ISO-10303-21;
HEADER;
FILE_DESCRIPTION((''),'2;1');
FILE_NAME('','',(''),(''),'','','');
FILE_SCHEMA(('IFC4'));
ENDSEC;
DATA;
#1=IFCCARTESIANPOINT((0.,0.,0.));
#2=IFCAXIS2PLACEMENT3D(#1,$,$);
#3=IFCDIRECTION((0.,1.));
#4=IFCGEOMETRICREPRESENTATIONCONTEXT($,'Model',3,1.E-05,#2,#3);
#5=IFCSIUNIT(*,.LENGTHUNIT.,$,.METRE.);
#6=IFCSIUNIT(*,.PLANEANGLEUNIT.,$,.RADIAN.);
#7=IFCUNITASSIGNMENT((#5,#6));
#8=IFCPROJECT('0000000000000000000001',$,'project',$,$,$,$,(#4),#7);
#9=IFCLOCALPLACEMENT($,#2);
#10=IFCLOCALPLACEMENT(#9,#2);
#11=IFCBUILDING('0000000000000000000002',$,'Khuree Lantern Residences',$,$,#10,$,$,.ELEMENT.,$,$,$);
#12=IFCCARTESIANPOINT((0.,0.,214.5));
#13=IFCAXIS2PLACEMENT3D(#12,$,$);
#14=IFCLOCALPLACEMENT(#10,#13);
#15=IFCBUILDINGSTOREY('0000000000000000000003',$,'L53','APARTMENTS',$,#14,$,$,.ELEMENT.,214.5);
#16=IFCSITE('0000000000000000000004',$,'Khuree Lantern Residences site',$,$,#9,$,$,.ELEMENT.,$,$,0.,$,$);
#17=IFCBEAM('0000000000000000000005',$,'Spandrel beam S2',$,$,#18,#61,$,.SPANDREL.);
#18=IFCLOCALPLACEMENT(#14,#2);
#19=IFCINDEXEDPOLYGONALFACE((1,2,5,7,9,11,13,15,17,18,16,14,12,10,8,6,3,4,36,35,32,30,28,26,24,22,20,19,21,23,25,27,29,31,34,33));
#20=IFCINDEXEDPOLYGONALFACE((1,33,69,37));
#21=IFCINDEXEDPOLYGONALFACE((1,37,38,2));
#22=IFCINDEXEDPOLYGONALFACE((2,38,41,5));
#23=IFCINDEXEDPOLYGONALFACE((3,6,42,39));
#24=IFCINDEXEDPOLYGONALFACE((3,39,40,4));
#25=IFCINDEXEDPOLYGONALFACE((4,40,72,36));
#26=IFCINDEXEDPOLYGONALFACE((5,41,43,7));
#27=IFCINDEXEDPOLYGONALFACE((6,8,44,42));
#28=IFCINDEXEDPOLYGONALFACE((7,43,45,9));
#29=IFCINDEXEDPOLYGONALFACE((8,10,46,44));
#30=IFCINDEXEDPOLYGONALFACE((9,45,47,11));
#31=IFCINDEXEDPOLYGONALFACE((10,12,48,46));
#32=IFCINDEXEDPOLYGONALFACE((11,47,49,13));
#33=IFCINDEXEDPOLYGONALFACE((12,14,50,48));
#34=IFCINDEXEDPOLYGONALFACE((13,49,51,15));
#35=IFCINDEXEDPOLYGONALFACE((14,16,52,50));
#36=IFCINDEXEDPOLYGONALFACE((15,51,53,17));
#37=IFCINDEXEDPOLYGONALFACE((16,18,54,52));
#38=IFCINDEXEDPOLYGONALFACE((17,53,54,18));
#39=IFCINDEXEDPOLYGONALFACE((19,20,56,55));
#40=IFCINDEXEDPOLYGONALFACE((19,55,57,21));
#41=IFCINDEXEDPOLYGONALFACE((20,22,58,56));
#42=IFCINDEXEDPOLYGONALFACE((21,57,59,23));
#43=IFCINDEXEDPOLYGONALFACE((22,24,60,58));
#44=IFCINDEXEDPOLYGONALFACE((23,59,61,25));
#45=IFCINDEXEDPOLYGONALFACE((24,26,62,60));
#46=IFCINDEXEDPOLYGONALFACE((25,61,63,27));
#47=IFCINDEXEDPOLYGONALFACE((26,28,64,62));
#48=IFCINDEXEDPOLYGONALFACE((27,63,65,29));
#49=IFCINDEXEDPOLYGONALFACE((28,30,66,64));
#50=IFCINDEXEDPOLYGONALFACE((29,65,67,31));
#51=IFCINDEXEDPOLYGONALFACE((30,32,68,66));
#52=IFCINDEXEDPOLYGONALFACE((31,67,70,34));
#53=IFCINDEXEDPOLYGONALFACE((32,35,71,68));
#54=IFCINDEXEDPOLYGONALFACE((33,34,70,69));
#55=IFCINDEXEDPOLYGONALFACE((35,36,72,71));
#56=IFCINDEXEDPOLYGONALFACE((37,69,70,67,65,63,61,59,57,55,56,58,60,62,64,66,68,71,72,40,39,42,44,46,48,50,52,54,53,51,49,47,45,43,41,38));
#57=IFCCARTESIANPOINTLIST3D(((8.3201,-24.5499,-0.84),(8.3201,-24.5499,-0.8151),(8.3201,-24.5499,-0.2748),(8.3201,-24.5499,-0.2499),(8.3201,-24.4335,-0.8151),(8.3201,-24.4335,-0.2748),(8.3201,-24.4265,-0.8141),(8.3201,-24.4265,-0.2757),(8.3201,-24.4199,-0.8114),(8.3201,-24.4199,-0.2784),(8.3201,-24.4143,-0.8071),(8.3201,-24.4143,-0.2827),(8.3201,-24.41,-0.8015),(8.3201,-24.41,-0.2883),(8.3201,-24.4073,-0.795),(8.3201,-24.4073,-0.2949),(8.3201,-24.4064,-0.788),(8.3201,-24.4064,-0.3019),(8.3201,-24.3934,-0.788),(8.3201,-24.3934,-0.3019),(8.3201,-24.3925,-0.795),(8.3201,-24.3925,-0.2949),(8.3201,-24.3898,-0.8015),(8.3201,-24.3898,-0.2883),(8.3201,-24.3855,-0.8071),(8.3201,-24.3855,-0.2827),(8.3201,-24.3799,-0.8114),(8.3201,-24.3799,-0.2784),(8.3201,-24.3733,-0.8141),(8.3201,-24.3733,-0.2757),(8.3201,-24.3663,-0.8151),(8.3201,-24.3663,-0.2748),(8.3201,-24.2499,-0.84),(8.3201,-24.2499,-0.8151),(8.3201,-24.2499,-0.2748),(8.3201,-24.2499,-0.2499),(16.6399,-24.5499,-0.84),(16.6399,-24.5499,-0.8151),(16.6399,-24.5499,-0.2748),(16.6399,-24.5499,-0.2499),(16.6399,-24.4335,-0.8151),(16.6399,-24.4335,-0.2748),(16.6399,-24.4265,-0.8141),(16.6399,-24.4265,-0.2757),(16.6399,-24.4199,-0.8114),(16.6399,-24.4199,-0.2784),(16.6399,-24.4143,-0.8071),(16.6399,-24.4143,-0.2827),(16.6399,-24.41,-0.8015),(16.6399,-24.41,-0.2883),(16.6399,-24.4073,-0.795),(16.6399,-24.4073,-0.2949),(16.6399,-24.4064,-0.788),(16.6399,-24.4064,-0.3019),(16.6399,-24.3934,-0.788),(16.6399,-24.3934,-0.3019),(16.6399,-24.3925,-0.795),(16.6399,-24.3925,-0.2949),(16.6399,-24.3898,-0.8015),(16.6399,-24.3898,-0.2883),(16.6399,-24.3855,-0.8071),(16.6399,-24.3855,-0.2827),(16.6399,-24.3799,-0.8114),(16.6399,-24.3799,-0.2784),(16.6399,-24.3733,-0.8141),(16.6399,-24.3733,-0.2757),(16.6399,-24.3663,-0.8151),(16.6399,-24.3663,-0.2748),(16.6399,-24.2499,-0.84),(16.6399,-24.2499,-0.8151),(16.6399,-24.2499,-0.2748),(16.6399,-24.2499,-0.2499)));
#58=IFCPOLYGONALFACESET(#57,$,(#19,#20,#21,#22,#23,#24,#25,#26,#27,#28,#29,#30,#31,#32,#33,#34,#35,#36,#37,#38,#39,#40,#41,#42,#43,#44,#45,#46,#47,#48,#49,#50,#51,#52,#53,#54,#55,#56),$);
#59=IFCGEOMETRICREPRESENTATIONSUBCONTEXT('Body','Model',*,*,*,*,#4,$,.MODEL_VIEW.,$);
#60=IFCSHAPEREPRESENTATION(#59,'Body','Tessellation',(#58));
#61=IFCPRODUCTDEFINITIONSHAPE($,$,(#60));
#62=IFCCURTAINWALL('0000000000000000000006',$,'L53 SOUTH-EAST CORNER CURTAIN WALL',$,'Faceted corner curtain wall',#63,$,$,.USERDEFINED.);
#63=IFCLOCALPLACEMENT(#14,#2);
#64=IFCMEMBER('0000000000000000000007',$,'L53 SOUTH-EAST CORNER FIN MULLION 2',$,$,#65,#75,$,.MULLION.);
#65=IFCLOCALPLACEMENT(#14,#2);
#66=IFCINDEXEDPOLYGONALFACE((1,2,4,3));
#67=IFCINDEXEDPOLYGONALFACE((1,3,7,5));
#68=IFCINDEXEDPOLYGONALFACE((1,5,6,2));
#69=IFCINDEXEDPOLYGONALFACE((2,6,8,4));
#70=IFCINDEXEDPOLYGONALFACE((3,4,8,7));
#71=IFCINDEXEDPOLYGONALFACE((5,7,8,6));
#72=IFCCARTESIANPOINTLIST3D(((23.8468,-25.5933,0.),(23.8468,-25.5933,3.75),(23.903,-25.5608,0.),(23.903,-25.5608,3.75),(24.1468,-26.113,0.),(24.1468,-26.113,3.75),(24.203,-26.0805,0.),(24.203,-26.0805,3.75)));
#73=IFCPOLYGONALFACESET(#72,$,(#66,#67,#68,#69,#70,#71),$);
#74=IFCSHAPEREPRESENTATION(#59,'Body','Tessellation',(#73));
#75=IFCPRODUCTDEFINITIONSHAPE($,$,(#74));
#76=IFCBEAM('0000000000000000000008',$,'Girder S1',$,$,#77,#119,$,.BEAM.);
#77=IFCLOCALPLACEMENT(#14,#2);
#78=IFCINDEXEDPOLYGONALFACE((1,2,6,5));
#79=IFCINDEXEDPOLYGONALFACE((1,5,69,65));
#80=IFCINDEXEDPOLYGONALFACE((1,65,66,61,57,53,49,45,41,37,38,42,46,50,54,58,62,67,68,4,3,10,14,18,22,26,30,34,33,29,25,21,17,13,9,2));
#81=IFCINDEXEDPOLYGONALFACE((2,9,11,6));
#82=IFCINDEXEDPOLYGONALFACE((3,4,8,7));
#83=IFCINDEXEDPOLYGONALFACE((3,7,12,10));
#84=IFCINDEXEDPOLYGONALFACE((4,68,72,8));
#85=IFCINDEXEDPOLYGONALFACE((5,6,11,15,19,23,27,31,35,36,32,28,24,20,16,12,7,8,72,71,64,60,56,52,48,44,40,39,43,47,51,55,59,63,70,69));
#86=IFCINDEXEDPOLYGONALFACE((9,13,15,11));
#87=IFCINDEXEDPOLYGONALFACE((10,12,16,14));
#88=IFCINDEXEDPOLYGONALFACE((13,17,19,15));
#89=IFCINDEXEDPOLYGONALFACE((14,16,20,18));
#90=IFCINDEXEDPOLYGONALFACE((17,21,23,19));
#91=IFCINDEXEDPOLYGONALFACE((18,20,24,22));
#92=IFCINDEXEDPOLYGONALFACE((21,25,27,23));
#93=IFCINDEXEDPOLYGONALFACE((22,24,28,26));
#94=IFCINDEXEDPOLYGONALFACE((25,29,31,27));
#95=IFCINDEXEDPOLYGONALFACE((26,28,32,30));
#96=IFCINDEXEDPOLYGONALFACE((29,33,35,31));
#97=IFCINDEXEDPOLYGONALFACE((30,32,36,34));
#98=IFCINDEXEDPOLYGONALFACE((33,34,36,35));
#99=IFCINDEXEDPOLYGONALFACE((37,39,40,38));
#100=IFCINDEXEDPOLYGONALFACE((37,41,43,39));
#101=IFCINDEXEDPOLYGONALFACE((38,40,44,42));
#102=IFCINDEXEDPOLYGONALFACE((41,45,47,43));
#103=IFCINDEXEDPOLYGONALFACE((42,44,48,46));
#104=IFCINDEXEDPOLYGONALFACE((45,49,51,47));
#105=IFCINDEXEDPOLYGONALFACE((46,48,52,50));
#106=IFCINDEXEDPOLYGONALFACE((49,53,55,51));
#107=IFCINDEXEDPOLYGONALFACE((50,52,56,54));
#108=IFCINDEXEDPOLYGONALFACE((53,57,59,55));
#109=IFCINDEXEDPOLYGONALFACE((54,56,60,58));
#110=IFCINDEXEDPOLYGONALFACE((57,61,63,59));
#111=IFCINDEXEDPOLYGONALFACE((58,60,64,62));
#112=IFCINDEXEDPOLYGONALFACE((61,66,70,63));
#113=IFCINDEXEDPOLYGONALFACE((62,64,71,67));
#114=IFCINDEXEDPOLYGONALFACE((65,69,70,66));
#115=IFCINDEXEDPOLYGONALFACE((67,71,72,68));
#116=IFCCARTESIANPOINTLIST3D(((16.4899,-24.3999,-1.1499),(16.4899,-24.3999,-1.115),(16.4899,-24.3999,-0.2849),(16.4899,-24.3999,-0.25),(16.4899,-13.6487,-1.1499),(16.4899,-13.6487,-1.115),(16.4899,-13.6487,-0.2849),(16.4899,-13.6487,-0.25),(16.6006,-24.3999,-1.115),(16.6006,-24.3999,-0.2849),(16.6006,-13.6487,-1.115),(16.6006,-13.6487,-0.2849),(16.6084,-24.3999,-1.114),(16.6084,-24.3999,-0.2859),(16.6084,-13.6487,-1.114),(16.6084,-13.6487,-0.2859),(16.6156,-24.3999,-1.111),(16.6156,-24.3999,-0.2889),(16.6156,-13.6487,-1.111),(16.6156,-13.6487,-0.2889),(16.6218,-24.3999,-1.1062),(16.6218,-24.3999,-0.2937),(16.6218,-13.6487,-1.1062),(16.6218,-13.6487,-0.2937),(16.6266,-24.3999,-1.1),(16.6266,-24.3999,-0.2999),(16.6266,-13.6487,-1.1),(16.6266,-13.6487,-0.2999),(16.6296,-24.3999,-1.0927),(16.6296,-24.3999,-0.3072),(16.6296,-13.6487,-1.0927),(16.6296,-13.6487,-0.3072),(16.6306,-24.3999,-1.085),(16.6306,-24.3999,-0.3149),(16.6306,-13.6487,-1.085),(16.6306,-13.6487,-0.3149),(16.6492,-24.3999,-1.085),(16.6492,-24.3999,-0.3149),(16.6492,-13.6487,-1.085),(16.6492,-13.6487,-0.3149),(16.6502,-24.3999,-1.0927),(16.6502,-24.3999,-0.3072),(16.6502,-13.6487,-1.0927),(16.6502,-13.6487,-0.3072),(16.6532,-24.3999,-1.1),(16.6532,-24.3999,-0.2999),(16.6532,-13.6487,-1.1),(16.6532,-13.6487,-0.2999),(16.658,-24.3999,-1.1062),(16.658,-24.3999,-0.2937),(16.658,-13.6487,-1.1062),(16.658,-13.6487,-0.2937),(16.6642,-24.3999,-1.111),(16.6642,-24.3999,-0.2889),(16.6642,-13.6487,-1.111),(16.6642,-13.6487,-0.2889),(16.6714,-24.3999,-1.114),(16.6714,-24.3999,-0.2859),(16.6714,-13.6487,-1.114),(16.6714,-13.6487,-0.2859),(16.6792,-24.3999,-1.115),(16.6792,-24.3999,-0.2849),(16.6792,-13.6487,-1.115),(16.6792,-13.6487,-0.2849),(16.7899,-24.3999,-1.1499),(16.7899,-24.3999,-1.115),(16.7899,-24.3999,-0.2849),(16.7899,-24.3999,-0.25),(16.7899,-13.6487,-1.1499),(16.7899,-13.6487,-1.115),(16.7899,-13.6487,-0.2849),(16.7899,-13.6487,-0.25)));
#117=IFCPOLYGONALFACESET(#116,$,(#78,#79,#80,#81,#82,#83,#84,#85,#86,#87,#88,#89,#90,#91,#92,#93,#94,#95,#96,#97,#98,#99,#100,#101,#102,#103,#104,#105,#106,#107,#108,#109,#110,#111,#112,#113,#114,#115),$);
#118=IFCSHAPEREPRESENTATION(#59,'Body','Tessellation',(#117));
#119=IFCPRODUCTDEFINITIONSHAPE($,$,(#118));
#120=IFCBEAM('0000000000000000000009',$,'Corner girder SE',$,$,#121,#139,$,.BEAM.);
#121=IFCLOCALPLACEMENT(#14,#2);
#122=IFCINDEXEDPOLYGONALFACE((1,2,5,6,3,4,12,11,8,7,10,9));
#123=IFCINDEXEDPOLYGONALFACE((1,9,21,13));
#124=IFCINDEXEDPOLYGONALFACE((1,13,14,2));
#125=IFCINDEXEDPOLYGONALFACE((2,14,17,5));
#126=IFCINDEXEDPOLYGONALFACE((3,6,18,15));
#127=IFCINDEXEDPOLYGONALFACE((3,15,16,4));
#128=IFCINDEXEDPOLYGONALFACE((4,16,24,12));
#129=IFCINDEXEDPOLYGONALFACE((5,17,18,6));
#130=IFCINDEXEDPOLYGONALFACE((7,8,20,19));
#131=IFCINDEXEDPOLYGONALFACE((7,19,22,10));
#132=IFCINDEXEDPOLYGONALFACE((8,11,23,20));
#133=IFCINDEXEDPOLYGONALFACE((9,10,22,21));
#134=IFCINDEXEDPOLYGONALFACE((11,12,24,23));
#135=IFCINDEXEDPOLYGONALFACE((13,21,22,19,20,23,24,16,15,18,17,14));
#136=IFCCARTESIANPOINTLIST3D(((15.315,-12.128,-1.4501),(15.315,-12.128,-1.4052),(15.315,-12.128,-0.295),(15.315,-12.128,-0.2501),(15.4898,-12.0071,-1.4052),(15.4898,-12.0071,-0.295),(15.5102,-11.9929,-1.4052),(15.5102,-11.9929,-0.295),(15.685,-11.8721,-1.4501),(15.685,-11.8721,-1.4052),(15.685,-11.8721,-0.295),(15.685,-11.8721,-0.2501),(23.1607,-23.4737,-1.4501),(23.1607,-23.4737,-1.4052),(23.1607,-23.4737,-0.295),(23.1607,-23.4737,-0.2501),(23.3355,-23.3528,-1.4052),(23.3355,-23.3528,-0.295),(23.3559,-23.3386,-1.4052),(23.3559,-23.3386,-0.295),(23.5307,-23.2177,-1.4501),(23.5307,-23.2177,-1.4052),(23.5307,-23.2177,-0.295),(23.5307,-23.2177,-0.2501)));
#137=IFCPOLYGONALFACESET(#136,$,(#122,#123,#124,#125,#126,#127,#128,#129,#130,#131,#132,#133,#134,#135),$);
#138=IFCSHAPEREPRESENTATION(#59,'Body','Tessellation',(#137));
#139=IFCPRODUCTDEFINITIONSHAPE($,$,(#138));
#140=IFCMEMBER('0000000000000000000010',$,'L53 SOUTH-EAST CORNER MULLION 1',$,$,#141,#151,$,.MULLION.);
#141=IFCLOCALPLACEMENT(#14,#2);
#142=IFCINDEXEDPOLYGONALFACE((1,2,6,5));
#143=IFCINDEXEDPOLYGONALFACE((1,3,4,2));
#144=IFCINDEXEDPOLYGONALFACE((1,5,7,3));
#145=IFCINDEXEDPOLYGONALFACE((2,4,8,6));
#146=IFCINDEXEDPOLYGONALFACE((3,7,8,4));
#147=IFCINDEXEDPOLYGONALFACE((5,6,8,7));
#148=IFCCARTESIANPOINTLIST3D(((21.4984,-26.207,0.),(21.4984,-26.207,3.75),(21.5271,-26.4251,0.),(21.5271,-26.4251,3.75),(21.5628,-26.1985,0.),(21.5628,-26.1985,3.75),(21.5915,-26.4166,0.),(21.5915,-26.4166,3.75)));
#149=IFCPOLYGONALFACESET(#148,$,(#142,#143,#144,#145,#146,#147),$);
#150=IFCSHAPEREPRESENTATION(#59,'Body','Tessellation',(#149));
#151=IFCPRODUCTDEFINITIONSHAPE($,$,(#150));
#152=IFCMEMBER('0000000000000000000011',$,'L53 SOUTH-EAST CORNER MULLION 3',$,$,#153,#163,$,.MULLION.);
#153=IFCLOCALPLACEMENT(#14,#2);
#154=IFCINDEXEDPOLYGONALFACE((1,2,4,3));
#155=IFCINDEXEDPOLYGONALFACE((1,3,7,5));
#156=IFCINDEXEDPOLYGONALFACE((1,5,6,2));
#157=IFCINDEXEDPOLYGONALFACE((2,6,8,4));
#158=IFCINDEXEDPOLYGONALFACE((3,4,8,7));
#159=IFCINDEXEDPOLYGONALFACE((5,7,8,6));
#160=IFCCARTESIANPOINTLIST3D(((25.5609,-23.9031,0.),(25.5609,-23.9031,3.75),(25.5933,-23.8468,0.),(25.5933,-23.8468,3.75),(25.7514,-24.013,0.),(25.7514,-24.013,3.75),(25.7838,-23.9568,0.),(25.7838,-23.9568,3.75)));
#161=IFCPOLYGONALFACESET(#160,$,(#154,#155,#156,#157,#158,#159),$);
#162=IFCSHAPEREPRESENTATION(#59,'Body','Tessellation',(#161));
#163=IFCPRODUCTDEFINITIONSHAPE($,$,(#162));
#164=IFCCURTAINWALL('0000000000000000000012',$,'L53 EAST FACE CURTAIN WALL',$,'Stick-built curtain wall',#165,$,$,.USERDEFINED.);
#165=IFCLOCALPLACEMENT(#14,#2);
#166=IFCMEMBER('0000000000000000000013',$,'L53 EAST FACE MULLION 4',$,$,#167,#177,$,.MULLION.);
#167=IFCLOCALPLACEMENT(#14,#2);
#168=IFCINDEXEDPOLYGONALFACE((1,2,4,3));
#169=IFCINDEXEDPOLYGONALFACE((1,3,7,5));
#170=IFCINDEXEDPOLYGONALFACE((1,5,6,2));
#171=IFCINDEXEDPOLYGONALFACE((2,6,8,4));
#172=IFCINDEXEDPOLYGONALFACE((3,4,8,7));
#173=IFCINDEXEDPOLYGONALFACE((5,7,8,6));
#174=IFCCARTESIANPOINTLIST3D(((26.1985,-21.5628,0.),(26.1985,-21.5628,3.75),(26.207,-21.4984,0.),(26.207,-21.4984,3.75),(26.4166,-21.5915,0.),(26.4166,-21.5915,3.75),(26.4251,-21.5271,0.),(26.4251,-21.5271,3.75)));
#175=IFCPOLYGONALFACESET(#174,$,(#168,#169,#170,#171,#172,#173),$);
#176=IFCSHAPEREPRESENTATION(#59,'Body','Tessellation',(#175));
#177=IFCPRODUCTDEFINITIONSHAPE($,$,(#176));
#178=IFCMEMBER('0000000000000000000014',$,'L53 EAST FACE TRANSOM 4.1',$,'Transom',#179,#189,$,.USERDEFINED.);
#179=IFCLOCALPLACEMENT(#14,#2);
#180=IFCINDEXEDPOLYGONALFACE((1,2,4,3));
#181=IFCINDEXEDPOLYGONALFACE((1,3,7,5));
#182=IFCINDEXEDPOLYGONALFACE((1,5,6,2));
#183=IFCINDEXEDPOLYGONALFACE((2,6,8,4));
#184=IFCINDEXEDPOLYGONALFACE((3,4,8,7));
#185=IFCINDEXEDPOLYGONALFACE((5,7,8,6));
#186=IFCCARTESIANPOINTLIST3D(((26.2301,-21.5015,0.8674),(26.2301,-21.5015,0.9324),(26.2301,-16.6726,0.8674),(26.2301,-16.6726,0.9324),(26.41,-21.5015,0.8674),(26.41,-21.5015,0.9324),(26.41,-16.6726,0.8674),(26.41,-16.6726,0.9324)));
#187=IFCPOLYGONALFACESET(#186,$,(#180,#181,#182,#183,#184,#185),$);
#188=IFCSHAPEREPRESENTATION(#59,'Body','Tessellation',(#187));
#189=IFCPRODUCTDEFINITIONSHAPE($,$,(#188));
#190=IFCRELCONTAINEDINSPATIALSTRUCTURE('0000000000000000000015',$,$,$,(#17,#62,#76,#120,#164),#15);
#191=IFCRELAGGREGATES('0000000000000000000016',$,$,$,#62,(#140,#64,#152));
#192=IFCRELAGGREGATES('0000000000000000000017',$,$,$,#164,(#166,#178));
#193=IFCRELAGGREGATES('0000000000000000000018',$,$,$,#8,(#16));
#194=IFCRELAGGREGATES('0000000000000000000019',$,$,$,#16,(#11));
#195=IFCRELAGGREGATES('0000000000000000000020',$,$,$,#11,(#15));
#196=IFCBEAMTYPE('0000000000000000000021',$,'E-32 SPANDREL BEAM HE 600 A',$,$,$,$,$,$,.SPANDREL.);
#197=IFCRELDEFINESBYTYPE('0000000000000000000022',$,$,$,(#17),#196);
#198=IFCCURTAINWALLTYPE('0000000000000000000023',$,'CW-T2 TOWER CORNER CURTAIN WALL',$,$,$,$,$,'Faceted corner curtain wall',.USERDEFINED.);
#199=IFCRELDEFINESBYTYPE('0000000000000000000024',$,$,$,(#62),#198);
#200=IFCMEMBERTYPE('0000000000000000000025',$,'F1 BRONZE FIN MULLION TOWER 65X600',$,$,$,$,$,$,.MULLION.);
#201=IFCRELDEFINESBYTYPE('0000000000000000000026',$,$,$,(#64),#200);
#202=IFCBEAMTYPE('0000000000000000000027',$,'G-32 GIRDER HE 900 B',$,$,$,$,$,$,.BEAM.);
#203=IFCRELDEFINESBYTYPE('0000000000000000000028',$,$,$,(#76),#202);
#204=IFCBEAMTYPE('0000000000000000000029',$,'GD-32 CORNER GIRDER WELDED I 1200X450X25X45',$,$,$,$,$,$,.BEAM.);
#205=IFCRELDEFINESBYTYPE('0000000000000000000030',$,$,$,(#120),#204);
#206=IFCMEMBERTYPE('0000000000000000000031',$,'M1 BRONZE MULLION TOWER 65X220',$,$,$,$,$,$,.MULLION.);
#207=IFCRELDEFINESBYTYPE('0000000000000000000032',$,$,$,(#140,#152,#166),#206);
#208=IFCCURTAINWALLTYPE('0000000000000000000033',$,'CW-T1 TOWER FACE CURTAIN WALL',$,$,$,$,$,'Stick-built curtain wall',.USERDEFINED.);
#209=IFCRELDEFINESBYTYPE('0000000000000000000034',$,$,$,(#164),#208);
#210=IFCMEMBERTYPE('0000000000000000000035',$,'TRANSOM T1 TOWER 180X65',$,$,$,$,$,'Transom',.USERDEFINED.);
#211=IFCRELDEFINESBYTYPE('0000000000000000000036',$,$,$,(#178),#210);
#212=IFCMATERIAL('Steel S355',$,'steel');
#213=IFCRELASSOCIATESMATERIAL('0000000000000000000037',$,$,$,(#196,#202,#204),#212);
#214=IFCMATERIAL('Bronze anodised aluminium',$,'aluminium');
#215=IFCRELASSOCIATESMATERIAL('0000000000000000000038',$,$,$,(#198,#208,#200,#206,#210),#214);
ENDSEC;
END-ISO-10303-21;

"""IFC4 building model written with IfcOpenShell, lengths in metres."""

from ifc_helpers import new_model, si_unit, direction, frame, origin, origin_2d, place, context, subcontext, project, spatial, rectangle, i_section, extrude, material, material_profile, profile_set, type_object, element, aggregate, save


model = new_model("IFC4")

# Units and contexts
model_context = context("Model", 3, precision=1e-05, world=origin(), true_north=direction((0.0, 1.0)))
body_context = subcontext(model_context, "Body", "Model", "MODEL_VIEW")
ifc_project = project(units=[si_unit("LENGTHUNIT", "METRE"), si_unit("PLANEANGLEUNIT", "RADIAN")], contexts=[model_context])

# Site, building, storey
site_placement = place(None, origin())
site = spatial("IfcSite", under=ifc_project, at=site_placement, Name="Khuree Lantern Residences site", CompositionType="ELEMENT", RefElevation=0.0)
building_placement = place(site_placement, origin())
building = spatial("IfcBuilding", under=site, at=building_placement, Name="Khuree Lantern Residences", CompositionType="ELEMENT")
storey_placement = place(building_placement, frame((0.0, 0.0, 214.5)))
storey = spatial("IfcBuildingStorey", under=building, at=storey_placement, Name="L53", Description="APARTMENTS", CompositionType="ELEMENT", Elevation=214.5)

# Beam
ifc_material_1 = material(Name="Steel S355", Category="steel")
ifc_material_profile_1 = material_profile(ifc_material_1, i_section(OverallWidth=0.3, OverallDepth=0.5901, WebThickness=0.0129, FlangeThickness=0.0249, FilletRadius=0.0271, at=origin_2d()), Name="HE 600 A")
ifc_profile_set_1 = profile_set([ifc_material_profile_1], Name="Steel S355")
beam_type_1 = type_object("IfcBeamType", Name="E-32 SPANDREL BEAM HE 600 A", PredefinedType="SPANDREL", material=ifc_profile_set_1)
beam_1_placement = place(storey_placement, frame((16.6399, -24.3999, -0.5449), z_axis=(-1.0, 0.0, 0.0), x_axis=(0.0, -1.0, 0.0)))
element("IfcBeam", 1, at=beam_1_placement, inside=storey, type_object=beam_type_1, Name="Spandrel beam S2", PredefinedType="SPANDREL", context=body_context, shape_type="SweptSolid", body=[
    extrude(i_section(OverallWidth=0.3, OverallDepth=0.5901, WebThickness=0.0129, FlangeThickness=0.0249, FilletRadius=0.0271, at=origin_2d()), origin(), (0.0, 0.0, 1.0), 8.3198),
])

# Curtain wall, member
ifc_material_2 = material(Name="Bronze anodised aluminium", Category="aluminium")
curtain_wall_type_1 = type_object("IfcCurtainWallType", Name="CW-T2 TOWER CORNER CURTAIN WALL", ElementType="Faceted corner curtain wall", PredefinedType="USERDEFINED", material=ifc_material_2)
curtain_wall_1_placement = place(storey_placement, origin())
curtain_wall_1 = element("IfcCurtainWall", 2, at=curtain_wall_1_placement, inside=storey, type_object=curtain_wall_type_1, Name="L53 SOUTH-EAST CORNER CURTAIN WALL", ObjectType="Faceted corner curtain wall", PredefinedType="USERDEFINED")
ifc_material_profile_2 = material_profile(ifc_material_2, rectangle(XDim=0.0649, YDim=0.6001, at=origin_2d()), Name="F1 65X600")
ifc_profile_set_2 = profile_set([ifc_material_profile_2], Name="Bronze anodised aluminium")
member_type_1 = type_object("IfcMemberType", Name="F1 BRONZE FIN MULLION TOWER 65X600", PredefinedType="MULLION", material=ifc_profile_set_2)
member_1_placement = place(storey_placement, frame((24.0249, -25.8369, 0.0), z_axis=(0.0, 0.0, 1.0), x_axis=(0.866025, 0.5, 0.0)))
member_1 = element("IfcMember", 3, at=member_1_placement, type_object=member_type_1, Name="L53 SOUTH-EAST CORNER FIN MULLION 2", PredefinedType="MULLION", context=body_context, shape_type="SweptSolid", body=[
    extrude(rectangle(XDim=0.0649, YDim=0.6001, at=origin_2d()), origin(), (0.0, 0.0, 1.0), 3.75),
])

# Beams
ifc_material_profile_3 = material_profile(ifc_material_1, i_section(OverallWidth=0.3, OverallDepth=0.8999, WebThickness=0.0186, FlangeThickness=0.0349, FilletRadius=0.03, at=origin_2d()), Name="HE 900 B")
ifc_profile_set_3 = profile_set([ifc_material_profile_3], Name="Steel S355")
beam_type_2 = type_object("IfcBeamType", Name="G-32 GIRDER HE 900 B", PredefinedType="BEAM", material=ifc_profile_set_3)
beam_2_placement = place(storey_placement, frame((16.6399, -24.3999, -0.7), z_axis=(0.0, 1.0, 0.0), x_axis=(-1.0, 0.0, 0.0)))
element("IfcBeam", 4, at=beam_2_placement, inside=storey, type_object=beam_type_2, Name="Girder S1", PredefinedType="BEAM", context=body_context, shape_type="SweptSolid", body=[
    extrude(i_section(OverallWidth=0.3, OverallDepth=0.8999, WebThickness=0.0186, FlangeThickness=0.0349, FilletRadius=0.03, at=origin_2d()), origin(), (0.0, 0.0, 1.0), 10.7512),
])
ifc_material_profile_4 = material_profile(ifc_material_1, i_section(OverallWidth=0.45, OverallDepth=1.2, WebThickness=0.0249, FlangeThickness=0.0449, at=origin_2d()), Name="WELDED I 1200X450X25X45")
ifc_profile_set_4 = profile_set([ifc_material_profile_4], Name="Steel S355")
beam_type_3 = type_object("IfcBeamType", Name="GD-32 CORNER GIRDER WELDED I 1200X450X25X45", PredefinedType="BEAM", material=ifc_profile_set_4)
beam_3_placement = place(storey_placement, frame((23.3457, -23.3457, -0.8501), z_axis=(-0.568768, 0.822498, 0.0), x_axis=(-0.822498, -0.568768, 0.0)))
element("IfcBeam", 5, at=beam_3_placement, inside=storey, type_object=beam_type_3, Name="Corner girder SE", PredefinedType="BEAM", context=body_context, shape_type="SweptSolid", body=[
    extrude(i_section(OverallWidth=0.45, OverallDepth=1.2, WebThickness=0.0249, FlangeThickness=0.0449, at=origin_2d()), origin(), (0.0, 0.0, 1.0), 13.7942),
])

# Members
ifc_material_profile_5 = material_profile(ifc_material_2, rectangle(XDim=0.0649, YDim=0.22, at=origin_2d()), Name="M1 65X220")
ifc_profile_set_5 = profile_set([ifc_material_profile_5], Name="Bronze anodised aluminium")
member_type_2 = type_object("IfcMemberType", Name="M1 BRONZE MULLION TOWER 65X220", PredefinedType="MULLION", material=ifc_profile_set_5)
member_2_placement = place(storey_placement, frame((21.5449, -26.3118, 0.0), z_axis=(0.0, 0.0, 1.0), x_axis=(0.991445, 0.130526, 0.0)))
member_2 = element("IfcMember", 6, at=member_2_placement, type_object=member_type_2, Name="L53 SOUTH-EAST CORNER MULLION 1", PredefinedType="MULLION", context=body_context, shape_type="SweptSolid", body=[
    extrude(rectangle(XDim=0.0649, YDim=0.22, at=origin_2d()), origin(), (0.0, 0.0, 1.0), 3.75),
])
member_3_placement = place(storey_placement, frame((25.6724, -23.9299, 0.0), z_axis=(0.0, 0.0, 1.0), x_axis=(0.5, 0.866025, 0.0)))
member_3 = element("IfcMember", 7, at=member_3_placement, type_object=member_type_2, Name="L53 SOUTH-EAST CORNER MULLION 3", PredefinedType="MULLION", context=body_context, shape_type="SweptSolid", body=[
    extrude(rectangle(XDim=0.0649, YDim=0.22, at=origin_2d()), origin(), (0.0, 0.0, 1.0), 3.75),
])

# Curtain wall, members
curtain_wall_type_2 = type_object("IfcCurtainWallType", Name="CW-T1 TOWER FACE CURTAIN WALL", ElementType="Stick-built curtain wall", PredefinedType="USERDEFINED", material=ifc_material_2)
curtain_wall_2_placement = place(storey_placement, origin())
curtain_wall_2 = element("IfcCurtainWall", 8, at=curtain_wall_2_placement, inside=storey, type_object=curtain_wall_type_2, Name="L53 EAST FACE CURTAIN WALL", ObjectType="Stick-built curtain wall", PredefinedType="USERDEFINED")
member_4_placement = place(storey_placement, frame((26.3118, -21.5449, 0.0), z_axis=(0.0, 0.0, 1.0), x_axis=(0.130526, 0.991445, 0.0)))
member_4 = element("IfcMember", 9, at=member_4_placement, type_object=member_type_2, Name="L53 EAST FACE MULLION 4", PredefinedType="MULLION", context=body_context, shape_type="SweptSolid", body=[
    extrude(rectangle(XDim=0.0649, YDim=0.22, at=origin_2d()), origin(), (0.0, 0.0, 1.0), 3.75),
])
ifc_material_profile_6 = material_profile(ifc_material_2, rectangle(XDim=0.1799, YDim=0.0649, at=origin_2d()), Name="T1 180X65")
ifc_profile_set_6 = profile_set([ifc_material_profile_6], Name="Bronze anodised aluminium")
member_type_3 = type_object("IfcMemberType", Name="TRANSOM T1 TOWER 180X65", ElementType="Transom", PredefinedType="USERDEFINED", material=ifc_profile_set_6)
member_5_placement = place(storey_placement, frame((26.3201, -21.5015, 0.8999), z_axis=(0.0, 1.0, 0.0), x_axis=(-1.0, 0.0, 0.0)))
member_5 = element("IfcMember", 10, at=member_5_placement, type_object=member_type_3, Name="L53 EAST FACE TRANSOM 4.1", ObjectType="Transom", PredefinedType="USERDEFINED", context=body_context, shape_type="SweptSolid", body=[
    extrude(rectangle(XDim=0.1799, YDim=0.0649, at=origin_2d()), origin(), (0.0, 0.0, 1.0), 4.8289),
])

aggregate(curtain_wall_1, [member_2, member_1, member_3])
aggregate(curtain_wall_2, [member_4, member_5])

save(model, "model.ifc")
